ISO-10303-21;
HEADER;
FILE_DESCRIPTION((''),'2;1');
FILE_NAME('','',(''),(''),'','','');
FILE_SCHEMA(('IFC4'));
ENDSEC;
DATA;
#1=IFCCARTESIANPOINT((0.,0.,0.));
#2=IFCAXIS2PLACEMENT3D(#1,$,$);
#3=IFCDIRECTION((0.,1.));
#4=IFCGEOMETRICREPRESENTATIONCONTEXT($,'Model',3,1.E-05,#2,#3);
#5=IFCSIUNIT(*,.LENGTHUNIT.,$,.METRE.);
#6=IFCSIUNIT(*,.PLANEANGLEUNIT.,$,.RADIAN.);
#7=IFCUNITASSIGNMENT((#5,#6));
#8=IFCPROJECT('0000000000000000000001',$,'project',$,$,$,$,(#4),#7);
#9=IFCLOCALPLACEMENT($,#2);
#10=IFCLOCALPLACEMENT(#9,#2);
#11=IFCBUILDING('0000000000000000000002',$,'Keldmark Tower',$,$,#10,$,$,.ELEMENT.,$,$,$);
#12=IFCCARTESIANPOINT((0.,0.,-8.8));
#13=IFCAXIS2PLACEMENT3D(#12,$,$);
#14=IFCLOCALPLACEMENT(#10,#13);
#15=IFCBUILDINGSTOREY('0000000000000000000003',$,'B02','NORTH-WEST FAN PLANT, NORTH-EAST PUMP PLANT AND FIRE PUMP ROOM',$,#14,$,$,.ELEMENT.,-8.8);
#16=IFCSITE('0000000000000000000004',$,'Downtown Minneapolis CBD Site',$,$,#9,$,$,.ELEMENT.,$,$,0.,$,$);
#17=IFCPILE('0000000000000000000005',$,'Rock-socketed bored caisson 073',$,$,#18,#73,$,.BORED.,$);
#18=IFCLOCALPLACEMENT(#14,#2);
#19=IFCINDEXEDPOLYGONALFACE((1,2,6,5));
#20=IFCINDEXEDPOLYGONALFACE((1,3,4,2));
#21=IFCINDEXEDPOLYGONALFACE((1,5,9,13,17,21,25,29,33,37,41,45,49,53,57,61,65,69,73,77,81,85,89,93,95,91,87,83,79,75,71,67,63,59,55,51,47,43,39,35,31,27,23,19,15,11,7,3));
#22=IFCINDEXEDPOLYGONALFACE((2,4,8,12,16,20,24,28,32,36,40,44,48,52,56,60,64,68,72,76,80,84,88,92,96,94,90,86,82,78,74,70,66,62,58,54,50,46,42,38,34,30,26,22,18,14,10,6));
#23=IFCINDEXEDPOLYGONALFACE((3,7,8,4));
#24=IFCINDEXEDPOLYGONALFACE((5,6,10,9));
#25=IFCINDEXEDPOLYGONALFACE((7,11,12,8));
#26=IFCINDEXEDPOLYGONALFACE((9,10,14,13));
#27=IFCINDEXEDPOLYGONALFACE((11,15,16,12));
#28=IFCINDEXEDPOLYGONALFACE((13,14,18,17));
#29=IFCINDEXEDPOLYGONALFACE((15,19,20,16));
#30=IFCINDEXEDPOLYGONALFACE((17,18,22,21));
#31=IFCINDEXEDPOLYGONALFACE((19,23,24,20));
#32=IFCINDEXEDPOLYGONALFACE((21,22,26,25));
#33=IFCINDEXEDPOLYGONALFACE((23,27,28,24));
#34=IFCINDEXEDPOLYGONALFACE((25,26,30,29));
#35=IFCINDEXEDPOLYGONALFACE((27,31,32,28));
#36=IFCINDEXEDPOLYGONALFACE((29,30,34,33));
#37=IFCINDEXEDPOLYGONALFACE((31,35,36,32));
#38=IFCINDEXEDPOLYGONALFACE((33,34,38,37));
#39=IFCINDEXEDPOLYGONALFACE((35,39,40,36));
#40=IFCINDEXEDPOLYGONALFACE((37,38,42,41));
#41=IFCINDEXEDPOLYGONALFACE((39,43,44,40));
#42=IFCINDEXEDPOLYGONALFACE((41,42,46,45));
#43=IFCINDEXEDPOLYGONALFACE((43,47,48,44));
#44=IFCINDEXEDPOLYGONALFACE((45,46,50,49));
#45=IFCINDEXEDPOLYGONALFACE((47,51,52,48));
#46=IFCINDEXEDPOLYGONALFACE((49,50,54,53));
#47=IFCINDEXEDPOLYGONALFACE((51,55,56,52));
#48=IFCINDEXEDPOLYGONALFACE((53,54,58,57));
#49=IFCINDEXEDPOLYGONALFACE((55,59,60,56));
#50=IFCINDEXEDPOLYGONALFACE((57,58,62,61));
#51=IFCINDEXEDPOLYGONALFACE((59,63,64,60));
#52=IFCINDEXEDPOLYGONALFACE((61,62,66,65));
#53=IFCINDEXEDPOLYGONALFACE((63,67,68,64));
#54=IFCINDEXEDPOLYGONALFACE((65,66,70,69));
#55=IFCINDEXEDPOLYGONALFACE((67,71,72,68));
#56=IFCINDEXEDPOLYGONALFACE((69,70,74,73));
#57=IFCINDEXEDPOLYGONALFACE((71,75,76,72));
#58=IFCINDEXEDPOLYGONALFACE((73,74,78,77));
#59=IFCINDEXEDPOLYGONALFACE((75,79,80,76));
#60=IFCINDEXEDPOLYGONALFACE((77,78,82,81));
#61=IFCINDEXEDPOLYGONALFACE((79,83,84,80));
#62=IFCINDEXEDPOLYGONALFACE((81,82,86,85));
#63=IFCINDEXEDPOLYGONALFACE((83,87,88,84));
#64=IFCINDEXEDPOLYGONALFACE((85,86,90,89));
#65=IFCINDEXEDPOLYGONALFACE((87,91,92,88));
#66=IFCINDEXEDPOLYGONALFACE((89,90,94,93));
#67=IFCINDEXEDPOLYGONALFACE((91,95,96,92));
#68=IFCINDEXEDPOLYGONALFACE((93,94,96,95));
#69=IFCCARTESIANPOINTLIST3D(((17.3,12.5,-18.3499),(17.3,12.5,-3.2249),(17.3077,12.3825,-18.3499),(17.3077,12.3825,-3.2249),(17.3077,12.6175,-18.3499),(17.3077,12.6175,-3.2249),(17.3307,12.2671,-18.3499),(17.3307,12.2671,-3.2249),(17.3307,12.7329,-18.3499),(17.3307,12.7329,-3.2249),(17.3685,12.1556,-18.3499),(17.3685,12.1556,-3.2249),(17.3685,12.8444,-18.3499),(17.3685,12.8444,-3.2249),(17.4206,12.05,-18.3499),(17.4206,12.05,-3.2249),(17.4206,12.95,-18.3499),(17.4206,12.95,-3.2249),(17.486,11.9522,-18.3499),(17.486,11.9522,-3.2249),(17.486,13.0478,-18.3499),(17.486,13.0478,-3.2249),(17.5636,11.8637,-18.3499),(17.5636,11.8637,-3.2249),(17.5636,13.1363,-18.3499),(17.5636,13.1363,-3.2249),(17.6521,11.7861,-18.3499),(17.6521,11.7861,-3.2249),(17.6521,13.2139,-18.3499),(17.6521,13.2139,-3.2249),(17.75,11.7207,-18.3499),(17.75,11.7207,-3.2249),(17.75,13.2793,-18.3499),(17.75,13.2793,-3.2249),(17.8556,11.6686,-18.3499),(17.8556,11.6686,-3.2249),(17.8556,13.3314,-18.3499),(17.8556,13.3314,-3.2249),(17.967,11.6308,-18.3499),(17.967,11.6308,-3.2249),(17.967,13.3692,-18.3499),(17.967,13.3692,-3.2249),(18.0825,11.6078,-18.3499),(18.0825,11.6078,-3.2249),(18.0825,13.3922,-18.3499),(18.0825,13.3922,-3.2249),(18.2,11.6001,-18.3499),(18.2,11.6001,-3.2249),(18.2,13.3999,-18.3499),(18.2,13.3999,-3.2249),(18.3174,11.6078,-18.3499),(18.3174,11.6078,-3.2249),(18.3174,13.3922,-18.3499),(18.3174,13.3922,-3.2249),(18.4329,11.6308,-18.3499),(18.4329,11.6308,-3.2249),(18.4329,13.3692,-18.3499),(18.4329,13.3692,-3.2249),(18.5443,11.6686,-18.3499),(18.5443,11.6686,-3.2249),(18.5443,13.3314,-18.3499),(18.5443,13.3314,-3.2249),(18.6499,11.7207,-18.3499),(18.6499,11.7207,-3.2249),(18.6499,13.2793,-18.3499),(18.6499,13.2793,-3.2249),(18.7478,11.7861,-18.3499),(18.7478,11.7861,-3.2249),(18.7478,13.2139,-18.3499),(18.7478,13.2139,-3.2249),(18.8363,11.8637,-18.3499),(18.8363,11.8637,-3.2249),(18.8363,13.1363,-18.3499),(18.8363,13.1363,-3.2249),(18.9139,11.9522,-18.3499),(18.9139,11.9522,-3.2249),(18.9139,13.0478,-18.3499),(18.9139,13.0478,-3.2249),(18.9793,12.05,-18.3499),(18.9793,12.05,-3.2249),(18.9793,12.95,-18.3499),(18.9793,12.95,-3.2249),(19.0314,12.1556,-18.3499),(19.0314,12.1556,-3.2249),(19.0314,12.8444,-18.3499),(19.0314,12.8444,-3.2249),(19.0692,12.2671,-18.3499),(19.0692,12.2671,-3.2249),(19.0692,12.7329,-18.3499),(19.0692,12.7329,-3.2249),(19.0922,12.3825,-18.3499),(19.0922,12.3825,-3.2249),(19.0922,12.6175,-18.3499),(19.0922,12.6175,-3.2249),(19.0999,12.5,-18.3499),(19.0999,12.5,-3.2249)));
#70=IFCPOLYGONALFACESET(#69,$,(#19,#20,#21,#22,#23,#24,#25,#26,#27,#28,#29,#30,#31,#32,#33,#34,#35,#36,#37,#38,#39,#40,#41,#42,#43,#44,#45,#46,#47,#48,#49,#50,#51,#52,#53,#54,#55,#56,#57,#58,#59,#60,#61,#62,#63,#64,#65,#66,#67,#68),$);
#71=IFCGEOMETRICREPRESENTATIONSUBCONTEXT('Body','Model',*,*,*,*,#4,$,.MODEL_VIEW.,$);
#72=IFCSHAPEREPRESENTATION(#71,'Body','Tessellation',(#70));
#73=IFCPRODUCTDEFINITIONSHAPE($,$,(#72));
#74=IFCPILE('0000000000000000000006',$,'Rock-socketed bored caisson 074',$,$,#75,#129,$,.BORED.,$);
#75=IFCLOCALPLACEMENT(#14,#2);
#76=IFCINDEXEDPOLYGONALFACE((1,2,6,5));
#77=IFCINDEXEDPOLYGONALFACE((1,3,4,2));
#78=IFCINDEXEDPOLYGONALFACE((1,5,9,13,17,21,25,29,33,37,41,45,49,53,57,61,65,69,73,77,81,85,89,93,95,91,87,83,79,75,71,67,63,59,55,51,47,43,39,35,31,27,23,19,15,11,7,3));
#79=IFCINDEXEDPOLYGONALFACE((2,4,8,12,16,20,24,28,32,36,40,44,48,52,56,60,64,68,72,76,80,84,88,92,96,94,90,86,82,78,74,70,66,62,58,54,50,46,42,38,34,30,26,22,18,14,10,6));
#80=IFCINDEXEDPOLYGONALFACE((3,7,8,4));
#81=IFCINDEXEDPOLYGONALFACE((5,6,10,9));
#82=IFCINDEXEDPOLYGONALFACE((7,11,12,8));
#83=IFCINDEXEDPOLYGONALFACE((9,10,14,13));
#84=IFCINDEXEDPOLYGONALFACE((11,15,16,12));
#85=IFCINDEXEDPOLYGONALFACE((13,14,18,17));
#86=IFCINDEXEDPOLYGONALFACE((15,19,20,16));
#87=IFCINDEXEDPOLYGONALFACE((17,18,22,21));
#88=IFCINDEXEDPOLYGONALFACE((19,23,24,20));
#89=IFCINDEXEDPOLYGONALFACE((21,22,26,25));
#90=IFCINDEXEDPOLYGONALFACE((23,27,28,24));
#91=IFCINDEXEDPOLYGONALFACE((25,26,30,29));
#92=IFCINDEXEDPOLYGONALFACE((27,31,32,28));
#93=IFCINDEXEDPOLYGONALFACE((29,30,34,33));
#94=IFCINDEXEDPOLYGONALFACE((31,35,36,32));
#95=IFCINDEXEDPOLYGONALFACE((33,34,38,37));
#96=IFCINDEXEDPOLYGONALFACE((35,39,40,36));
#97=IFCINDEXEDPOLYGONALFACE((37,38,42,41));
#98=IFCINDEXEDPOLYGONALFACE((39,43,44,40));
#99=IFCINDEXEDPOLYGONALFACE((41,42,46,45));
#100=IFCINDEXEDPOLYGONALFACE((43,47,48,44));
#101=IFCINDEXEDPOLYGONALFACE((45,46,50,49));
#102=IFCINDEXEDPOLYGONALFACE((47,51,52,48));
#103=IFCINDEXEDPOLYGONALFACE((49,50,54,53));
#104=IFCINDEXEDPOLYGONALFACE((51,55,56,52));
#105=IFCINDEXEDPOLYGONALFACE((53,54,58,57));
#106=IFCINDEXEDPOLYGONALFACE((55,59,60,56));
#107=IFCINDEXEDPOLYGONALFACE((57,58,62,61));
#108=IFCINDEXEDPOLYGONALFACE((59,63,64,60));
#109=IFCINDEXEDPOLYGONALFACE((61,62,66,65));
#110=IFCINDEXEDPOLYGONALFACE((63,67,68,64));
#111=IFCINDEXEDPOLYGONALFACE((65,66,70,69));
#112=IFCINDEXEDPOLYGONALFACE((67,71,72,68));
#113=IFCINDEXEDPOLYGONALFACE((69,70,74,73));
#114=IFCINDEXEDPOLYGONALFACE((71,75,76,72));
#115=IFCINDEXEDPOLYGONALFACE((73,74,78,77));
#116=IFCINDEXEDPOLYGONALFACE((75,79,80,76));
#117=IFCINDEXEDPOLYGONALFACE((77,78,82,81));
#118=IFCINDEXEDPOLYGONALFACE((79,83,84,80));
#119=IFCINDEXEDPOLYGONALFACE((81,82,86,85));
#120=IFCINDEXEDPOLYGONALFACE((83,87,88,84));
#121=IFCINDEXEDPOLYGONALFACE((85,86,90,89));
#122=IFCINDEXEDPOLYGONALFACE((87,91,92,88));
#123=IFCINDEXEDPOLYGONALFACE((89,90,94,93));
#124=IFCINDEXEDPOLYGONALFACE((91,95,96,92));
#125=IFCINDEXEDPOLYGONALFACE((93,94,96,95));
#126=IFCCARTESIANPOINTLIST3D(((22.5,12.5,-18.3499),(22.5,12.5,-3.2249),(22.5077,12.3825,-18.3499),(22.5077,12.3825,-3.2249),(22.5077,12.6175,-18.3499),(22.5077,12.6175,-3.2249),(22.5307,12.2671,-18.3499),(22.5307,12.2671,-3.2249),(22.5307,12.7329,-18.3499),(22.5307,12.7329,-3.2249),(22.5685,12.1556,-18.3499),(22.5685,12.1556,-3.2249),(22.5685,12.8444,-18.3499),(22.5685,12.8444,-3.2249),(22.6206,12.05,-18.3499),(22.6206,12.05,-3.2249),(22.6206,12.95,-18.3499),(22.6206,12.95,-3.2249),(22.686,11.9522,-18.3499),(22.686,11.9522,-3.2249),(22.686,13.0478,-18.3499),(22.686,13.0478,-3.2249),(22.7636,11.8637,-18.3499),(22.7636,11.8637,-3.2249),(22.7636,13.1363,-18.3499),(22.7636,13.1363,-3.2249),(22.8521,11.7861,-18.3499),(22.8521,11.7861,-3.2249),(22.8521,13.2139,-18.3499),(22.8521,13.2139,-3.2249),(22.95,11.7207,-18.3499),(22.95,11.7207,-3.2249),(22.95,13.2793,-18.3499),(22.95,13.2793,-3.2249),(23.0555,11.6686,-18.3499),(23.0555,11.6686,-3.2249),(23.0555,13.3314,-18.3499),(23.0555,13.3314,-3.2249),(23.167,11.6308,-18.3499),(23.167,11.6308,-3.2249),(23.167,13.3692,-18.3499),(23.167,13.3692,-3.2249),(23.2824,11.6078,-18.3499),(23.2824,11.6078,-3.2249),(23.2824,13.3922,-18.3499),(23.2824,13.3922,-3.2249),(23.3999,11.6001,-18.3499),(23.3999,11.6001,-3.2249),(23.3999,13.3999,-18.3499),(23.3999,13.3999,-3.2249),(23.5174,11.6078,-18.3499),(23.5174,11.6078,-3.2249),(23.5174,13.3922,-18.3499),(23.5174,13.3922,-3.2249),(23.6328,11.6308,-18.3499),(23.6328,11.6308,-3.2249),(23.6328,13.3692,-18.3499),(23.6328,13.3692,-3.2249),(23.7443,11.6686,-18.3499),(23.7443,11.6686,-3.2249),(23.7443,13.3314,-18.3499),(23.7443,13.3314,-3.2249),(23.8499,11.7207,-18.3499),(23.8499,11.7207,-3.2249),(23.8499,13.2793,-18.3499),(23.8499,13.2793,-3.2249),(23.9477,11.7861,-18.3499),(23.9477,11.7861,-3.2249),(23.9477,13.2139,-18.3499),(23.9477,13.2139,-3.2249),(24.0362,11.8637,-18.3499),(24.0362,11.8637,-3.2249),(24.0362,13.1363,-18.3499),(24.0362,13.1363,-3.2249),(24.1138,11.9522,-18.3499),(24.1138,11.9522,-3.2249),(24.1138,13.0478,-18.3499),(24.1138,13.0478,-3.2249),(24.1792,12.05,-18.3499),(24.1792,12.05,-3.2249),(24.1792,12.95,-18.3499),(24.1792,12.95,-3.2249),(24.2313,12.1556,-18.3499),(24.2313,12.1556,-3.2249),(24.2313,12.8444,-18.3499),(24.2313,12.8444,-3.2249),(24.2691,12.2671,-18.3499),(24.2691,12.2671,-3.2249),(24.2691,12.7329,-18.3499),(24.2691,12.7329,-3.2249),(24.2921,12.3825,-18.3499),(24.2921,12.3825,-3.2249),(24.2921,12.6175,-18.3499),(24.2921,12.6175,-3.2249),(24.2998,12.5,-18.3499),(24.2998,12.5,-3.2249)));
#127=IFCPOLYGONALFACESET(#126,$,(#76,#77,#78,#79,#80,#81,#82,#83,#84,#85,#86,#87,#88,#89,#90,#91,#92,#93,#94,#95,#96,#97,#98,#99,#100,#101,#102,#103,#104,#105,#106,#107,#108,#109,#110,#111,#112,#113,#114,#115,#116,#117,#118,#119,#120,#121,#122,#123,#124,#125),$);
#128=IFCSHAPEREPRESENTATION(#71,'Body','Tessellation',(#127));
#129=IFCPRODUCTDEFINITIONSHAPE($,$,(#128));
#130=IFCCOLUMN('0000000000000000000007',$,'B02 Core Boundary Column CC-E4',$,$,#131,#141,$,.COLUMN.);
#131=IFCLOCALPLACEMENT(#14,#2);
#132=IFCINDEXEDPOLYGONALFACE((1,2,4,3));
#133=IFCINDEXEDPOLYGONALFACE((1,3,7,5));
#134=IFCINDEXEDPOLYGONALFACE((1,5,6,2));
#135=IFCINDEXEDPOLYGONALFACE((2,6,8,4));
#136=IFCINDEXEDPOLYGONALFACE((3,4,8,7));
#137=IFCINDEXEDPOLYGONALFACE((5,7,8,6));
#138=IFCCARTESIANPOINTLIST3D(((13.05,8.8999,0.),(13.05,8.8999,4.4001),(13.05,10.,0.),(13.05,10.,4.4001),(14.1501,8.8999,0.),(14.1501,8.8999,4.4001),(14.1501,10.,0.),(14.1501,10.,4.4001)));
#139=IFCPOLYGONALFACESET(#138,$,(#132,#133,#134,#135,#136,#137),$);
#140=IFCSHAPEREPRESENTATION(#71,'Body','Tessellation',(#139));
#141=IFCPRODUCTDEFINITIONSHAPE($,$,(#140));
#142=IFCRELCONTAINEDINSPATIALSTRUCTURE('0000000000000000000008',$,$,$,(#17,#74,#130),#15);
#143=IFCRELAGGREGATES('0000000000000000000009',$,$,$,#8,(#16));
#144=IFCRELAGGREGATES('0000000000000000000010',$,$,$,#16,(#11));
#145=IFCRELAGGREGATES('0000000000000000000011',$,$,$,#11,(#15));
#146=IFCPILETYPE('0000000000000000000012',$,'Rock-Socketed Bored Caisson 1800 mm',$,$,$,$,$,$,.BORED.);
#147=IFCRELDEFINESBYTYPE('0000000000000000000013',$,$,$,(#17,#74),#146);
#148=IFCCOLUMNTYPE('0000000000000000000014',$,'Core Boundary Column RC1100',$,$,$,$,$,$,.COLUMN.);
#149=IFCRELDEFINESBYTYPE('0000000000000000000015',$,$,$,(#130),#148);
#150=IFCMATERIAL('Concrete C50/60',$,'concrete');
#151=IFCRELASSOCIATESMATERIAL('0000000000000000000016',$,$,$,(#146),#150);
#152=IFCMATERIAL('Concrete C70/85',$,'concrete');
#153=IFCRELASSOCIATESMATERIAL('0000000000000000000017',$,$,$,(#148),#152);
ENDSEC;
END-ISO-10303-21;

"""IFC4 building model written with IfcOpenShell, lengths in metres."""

from ifc_helpers import new_model, si_unit, direction, frame, origin, origin_2d, place, context, subcontext, project, spatial, rectangle, circle, extrude, material, material_profile, profile_set, type_object, element, save


model = new_model("IFC4")

# Units and contexts
model_context = context("Model", 3, precision=1e-05, world=origin(), true_north=direction((0.0, 1.0)))
body_context = subcontext(model_context, "Body", "Model", "MODEL_VIEW")
ifc_project = project(units=[si_unit("LENGTHUNIT", "METRE"), si_unit("PLANEANGLEUNIT", "RADIAN")], contexts=[model_context])

# Site, building, storey
site_placement = place(None, origin())
site = spatial("IfcSite", under=ifc_project, at=site_placement, Name="Downtown Minneapolis CBD Site", CompositionType="ELEMENT", RefElevation=0.0)
building_placement = place(site_placement, origin())
building = spatial("IfcBuilding", under=site, at=building_placement, Name="Keldmark Tower", CompositionType="ELEMENT")
storey_placement = place(building_placement, frame((0.0, 0.0, -8.8)))
storey = spatial("IfcBuildingStorey", under=building, at=storey_placement, Name="B02", Description="NORTH-WEST FAN PLANT, NORTH-EAST PUMP PLANT AND FIRE PUMP ROOM", CompositionType="ELEMENT", Elevation=-8.8)

# Piles
ifc_material_1 = material(Name="Concrete C50/60", Category="concrete")
ifc_material_profile_1 = material_profile(ifc_material_1, circle(Radius=0.8999, at=origin_2d()), Name="CAISSON1800")
ifc_profile_set_1 = profile_set([ifc_material_profile_1], Name="Concrete C50/60")
pile_type_1 = type_object("IfcPileType", Name="Rock-Socketed Bored Caisson 1800 mm", PredefinedType="BORED", material=ifc_profile_set_1)
for number, where, z_axis, x_axis, name in (
    (1, (18.2, 12.5, -3.2249), (0.0, 0.0, -1.0), (1.0, 0.0, 0.0), "Rock-socketed bored caisson 073"),
    (2, (23.3999, 12.5, -3.2249), (0.0, 0.0, -1.0), (1.0, 0.0, 0.0), "Rock-socketed bored caisson 074"),
):
    element("IfcPile", number, at=place(storey_placement, frame(where, z_axis=z_axis, x_axis=x_axis)), inside=storey, type_object=pile_type_1, Name=name, PredefinedType="BORED", context=body_context, shape_type="SweptSolid", body=[
        extrude(circle(Radius=0.8999, at=origin_2d()), origin(), (0.0, 0.0, 1.0), 15.125),
    ])

# Column
ifc_material_2 = material(Name="Concrete C70/85", Category="concrete")
ifc_material_profile_2 = material_profile(ifc_material_2, rectangle(XDim=1.1001, YDim=1.1001, at=origin_2d()), Name="RC1100X1100")
ifc_profile_set_2 = profile_set([ifc_material_profile_2], Name="Concrete C70/85")
column_type_1 = type_object("IfcColumnType", Name="Core Boundary Column RC1100", PredefinedType="COLUMN", material=ifc_profile_set_2)
column_placement = place(storey_placement, frame((13.6001, 9.45, 0.0), z_axis=(0.0, 0.0, 1.0), x_axis=(1.0, 0.0, 0.0)))
element("IfcColumn", 3, at=column_placement, inside=storey, type_object=column_type_1, Name="B02 Core Boundary Column CC-E4", PredefinedType="COLUMN", context=body_context, shape_type="SweptSolid", body=[
    extrude(rectangle(XDim=1.1001, YDim=1.1001, at=origin_2d()), origin(), (0.0, 0.0, 1.0), 4.4001),
])

save(model, "model.ifc")
